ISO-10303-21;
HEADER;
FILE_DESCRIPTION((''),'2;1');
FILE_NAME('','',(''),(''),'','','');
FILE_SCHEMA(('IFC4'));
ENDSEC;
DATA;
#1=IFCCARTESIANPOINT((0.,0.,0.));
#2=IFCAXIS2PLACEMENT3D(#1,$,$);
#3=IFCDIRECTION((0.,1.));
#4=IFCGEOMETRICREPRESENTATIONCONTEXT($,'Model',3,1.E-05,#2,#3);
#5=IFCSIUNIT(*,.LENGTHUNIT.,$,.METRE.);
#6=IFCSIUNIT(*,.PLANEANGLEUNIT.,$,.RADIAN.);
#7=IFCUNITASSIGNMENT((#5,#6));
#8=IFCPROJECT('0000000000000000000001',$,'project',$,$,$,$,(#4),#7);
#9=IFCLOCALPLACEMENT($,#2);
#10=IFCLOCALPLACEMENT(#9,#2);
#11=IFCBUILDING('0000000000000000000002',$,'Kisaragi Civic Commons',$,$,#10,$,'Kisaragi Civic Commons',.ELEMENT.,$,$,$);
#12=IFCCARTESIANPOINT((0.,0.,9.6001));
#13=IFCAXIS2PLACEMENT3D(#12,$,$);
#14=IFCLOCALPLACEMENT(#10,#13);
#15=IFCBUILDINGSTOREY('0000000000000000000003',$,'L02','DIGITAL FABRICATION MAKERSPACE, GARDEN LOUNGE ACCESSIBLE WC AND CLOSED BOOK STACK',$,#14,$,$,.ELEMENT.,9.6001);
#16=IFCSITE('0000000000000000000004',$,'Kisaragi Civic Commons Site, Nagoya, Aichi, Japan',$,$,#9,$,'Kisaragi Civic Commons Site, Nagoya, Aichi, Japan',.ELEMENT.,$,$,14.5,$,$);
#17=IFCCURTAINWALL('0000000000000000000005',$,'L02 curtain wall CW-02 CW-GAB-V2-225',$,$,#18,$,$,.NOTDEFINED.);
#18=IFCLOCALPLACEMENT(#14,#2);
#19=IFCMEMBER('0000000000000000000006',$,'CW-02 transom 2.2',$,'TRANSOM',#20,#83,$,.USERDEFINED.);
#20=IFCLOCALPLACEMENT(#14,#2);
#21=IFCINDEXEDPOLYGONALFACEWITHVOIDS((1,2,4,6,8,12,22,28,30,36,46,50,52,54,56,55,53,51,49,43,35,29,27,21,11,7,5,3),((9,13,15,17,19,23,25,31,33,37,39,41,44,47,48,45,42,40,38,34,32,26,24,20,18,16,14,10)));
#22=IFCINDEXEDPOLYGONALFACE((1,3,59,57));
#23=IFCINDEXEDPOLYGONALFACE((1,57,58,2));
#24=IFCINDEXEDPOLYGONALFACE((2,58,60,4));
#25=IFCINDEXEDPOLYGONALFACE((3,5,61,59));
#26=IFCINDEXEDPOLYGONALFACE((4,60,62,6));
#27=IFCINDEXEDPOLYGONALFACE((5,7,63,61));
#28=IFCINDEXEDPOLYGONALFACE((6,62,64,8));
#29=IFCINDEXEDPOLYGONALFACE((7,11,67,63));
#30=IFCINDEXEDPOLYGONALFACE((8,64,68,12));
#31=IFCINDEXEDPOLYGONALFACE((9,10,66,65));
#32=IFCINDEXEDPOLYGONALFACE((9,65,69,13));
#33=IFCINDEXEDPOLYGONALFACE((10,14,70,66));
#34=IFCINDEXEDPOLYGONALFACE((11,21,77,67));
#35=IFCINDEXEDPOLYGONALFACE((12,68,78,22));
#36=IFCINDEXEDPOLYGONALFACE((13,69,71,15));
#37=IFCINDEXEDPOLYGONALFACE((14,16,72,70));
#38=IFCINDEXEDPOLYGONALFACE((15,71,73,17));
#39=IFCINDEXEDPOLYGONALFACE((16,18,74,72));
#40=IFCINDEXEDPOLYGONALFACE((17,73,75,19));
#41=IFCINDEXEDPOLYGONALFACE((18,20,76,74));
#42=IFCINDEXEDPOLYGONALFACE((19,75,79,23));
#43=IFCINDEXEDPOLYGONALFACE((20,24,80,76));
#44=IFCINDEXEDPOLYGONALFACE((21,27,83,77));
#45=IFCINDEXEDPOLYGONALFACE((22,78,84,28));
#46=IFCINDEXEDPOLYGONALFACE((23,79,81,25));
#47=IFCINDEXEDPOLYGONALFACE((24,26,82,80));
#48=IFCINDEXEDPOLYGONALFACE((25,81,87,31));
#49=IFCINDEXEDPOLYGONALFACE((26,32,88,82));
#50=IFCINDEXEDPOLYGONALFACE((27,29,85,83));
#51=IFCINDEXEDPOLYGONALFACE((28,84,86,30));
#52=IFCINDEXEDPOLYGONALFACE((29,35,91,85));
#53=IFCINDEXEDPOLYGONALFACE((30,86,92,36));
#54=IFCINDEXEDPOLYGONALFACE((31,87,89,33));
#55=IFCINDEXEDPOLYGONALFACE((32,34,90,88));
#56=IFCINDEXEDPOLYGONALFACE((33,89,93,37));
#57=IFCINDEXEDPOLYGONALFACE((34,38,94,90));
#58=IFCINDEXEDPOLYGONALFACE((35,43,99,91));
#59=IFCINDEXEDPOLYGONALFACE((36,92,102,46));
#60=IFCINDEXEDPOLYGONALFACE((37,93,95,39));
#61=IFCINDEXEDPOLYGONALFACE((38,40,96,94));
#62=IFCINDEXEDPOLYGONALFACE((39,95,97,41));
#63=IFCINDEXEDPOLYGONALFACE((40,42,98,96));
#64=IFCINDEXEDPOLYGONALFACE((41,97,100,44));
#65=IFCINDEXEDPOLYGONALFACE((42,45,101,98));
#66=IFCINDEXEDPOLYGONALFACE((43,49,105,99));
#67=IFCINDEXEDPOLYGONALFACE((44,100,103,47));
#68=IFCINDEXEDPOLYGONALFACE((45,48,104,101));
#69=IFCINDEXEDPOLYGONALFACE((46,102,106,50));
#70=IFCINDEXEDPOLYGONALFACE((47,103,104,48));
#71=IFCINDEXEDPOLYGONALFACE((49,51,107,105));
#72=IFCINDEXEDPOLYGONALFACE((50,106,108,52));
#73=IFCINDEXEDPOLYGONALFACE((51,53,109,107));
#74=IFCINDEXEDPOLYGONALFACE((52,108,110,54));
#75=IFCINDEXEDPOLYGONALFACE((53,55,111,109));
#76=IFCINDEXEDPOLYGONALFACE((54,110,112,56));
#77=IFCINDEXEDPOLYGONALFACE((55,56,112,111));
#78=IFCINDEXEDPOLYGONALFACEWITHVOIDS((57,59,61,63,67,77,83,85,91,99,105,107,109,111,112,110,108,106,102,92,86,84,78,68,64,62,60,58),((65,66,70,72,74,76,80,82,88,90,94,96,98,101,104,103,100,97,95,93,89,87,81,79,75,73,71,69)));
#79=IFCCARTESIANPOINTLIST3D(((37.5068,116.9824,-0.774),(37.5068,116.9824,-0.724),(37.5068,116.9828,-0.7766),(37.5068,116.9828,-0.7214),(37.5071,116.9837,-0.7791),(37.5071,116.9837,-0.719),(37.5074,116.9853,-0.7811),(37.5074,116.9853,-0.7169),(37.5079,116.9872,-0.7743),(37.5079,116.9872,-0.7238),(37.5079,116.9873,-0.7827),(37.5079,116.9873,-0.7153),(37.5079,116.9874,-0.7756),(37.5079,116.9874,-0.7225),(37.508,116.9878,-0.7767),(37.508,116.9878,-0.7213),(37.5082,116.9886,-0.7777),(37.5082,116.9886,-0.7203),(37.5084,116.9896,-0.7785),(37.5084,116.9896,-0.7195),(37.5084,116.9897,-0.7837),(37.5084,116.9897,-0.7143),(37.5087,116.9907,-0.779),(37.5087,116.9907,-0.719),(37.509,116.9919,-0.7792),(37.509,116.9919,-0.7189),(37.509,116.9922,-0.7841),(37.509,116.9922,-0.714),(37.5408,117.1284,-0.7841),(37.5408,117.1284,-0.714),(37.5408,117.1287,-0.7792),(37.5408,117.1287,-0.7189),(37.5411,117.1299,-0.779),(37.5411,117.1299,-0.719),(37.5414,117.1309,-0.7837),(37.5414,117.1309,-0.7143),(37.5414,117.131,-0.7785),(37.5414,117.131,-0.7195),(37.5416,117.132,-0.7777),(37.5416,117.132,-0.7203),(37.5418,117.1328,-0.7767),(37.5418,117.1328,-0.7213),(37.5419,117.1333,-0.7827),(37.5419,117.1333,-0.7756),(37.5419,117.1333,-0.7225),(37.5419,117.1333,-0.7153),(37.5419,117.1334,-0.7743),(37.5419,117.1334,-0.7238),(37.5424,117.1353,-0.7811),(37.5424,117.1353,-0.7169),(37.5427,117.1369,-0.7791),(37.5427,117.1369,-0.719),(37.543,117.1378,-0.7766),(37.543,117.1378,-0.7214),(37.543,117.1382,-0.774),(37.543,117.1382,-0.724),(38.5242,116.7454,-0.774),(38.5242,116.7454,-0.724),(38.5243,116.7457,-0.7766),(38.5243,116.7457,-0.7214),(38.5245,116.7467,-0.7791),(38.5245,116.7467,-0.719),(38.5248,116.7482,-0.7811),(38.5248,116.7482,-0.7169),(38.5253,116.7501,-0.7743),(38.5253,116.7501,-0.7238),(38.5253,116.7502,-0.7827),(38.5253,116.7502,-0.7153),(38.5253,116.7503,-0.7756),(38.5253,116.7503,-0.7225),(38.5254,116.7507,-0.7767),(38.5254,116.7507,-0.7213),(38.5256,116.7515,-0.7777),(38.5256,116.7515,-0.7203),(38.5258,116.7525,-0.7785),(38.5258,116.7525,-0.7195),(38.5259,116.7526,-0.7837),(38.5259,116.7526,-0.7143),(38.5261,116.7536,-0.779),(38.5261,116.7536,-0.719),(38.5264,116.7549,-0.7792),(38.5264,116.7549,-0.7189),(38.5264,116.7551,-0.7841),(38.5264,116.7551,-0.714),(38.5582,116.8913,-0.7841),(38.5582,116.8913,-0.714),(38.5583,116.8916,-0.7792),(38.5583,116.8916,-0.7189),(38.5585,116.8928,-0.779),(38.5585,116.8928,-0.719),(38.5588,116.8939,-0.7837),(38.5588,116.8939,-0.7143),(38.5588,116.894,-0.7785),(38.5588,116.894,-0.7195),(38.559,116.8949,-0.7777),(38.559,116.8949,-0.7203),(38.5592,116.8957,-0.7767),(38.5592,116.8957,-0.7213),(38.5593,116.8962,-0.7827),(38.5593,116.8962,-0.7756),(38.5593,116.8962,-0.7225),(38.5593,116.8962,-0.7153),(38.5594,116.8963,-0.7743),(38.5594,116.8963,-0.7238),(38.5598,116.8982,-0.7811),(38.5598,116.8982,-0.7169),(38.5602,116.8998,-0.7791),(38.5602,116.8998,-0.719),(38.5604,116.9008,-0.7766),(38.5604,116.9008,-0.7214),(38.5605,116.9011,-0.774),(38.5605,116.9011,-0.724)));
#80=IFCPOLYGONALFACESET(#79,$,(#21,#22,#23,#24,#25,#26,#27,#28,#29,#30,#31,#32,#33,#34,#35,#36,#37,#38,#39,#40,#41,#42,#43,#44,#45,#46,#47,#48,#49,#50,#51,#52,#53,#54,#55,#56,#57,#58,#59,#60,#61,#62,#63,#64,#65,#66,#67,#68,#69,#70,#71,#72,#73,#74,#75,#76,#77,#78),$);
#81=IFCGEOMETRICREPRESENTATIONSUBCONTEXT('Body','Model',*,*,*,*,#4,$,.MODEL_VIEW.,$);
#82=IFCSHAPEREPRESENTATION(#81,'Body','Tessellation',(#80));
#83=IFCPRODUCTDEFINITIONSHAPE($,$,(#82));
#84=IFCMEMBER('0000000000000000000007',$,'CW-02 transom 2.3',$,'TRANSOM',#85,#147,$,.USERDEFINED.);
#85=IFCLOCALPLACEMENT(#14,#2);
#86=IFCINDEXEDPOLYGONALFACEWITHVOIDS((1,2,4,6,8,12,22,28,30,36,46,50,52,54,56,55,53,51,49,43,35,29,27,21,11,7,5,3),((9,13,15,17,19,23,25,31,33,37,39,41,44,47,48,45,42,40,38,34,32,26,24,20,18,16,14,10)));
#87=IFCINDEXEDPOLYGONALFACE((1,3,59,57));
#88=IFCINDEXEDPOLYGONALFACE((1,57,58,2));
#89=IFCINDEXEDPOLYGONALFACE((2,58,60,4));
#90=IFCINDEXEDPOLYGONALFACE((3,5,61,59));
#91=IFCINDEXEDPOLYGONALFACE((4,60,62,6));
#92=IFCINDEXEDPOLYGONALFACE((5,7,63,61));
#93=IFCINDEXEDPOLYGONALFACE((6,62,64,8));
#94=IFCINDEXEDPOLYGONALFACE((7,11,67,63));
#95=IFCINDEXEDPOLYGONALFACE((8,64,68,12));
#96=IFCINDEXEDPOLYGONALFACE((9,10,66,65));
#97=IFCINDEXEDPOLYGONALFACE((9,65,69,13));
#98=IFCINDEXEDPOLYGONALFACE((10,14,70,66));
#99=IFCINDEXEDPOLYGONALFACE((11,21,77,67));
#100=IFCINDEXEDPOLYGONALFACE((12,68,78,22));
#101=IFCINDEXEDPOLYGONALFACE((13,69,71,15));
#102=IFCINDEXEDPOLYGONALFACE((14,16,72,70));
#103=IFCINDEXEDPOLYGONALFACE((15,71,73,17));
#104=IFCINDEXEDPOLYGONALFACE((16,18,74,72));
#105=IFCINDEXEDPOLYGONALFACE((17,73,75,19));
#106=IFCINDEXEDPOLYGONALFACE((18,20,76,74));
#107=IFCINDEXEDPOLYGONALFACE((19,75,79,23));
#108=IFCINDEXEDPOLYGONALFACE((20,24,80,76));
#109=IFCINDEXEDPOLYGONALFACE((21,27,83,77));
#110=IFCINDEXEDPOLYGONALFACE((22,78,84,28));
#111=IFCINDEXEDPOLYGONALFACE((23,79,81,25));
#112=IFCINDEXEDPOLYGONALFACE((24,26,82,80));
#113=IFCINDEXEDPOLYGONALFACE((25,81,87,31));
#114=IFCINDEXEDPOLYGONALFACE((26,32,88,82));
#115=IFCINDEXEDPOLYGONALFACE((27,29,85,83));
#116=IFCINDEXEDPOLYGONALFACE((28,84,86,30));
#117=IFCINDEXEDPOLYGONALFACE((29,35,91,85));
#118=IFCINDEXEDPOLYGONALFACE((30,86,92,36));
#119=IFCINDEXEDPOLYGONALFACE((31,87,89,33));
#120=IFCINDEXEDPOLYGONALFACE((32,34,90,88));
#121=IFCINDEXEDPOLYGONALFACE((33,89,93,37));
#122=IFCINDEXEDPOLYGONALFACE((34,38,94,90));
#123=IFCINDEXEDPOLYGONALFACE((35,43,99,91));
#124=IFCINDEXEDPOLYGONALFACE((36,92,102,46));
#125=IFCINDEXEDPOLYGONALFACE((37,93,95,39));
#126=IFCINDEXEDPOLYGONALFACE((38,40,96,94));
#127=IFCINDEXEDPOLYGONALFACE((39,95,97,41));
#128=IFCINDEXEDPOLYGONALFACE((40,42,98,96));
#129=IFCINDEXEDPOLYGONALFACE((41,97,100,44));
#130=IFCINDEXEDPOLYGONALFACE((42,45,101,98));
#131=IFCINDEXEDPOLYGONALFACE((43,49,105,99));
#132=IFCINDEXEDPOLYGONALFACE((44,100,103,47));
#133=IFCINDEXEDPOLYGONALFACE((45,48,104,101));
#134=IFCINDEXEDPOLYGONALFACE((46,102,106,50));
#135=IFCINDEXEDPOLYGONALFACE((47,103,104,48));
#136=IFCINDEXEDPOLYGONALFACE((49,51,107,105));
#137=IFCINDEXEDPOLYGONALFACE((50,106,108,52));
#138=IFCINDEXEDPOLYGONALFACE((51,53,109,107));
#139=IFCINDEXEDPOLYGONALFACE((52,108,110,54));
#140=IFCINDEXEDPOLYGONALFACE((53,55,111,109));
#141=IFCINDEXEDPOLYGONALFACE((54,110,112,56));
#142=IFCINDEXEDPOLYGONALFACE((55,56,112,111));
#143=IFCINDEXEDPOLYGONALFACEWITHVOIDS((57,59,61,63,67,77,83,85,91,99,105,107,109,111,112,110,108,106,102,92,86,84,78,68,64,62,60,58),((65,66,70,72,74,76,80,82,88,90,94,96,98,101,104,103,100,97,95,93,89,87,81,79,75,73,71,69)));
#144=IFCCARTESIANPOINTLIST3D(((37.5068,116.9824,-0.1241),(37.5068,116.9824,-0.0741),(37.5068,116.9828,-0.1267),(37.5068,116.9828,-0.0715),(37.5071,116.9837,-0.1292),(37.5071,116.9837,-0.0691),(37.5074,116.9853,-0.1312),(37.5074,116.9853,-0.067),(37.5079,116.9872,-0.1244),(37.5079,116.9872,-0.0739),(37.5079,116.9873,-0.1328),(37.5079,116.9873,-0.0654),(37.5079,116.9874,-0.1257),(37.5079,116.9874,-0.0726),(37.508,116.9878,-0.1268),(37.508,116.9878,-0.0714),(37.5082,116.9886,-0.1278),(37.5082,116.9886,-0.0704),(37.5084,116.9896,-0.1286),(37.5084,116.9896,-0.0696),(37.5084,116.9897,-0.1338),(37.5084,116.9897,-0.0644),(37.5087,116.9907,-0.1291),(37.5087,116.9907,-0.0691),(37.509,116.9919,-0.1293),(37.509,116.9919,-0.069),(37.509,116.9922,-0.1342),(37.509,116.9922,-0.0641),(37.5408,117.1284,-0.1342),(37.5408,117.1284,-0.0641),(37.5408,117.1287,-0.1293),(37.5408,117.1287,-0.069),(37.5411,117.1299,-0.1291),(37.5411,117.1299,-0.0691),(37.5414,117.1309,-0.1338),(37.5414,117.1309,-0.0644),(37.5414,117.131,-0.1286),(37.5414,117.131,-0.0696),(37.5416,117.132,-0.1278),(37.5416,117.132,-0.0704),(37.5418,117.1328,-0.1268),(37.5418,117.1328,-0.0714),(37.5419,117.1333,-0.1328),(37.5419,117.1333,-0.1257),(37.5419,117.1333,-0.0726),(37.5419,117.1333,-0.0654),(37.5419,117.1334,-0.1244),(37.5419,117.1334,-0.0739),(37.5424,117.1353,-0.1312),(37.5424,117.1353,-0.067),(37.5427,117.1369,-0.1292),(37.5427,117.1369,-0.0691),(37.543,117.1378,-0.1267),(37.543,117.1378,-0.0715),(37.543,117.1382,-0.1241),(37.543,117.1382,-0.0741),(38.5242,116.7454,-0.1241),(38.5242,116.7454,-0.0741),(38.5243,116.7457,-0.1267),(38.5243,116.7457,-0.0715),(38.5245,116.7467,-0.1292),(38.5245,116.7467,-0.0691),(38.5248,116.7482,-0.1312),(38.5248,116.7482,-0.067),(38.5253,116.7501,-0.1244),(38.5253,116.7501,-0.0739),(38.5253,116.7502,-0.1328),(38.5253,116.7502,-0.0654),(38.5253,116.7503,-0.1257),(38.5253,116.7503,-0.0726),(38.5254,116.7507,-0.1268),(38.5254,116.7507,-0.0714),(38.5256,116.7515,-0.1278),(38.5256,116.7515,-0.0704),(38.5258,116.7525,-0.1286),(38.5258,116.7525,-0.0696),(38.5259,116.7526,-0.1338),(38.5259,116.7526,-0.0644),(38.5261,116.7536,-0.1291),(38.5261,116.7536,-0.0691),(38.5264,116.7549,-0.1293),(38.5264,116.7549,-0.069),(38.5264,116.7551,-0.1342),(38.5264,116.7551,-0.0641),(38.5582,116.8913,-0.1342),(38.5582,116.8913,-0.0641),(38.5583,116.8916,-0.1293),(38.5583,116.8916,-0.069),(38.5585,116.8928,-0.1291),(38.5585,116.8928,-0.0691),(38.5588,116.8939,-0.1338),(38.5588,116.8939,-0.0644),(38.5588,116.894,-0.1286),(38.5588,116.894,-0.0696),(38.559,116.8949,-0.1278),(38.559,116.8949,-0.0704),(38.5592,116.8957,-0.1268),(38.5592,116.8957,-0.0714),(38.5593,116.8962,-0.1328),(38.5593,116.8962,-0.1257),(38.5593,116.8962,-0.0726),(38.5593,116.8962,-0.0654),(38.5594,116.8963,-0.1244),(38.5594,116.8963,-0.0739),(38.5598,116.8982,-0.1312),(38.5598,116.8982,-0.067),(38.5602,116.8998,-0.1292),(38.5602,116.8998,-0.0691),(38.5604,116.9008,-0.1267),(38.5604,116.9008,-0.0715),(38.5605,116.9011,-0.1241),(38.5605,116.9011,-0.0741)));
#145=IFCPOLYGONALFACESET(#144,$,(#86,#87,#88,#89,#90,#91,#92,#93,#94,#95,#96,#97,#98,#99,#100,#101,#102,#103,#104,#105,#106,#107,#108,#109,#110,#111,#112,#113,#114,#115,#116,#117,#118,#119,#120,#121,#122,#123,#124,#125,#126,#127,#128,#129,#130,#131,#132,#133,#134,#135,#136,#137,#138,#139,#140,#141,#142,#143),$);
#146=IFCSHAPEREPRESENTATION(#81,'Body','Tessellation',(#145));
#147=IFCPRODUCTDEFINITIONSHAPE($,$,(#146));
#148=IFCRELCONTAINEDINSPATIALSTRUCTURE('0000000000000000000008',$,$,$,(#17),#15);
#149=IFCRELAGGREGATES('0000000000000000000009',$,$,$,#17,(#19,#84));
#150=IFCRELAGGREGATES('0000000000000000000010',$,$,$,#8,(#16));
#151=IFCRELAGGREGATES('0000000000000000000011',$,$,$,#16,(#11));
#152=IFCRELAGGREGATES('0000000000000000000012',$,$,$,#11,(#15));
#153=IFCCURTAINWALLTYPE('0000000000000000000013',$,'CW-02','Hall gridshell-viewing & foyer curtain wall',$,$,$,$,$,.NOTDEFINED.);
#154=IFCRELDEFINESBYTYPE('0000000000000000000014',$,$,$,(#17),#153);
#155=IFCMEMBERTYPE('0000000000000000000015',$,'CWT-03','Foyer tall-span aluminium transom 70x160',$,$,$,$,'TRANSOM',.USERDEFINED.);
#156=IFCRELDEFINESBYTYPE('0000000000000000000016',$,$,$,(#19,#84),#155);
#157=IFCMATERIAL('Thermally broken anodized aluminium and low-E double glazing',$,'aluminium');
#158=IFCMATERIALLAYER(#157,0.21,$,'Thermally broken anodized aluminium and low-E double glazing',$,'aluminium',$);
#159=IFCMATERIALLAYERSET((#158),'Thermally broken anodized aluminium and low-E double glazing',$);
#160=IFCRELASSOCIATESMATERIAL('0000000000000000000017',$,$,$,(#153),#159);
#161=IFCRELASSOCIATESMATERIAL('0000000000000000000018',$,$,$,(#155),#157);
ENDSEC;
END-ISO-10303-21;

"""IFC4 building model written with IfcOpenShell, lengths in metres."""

from ifc_helpers import new_model, si_unit, direction, frame, origin, origin_2d, place, context, subcontext, project, spatial, hollow_rectangle, extrude, material, layer, layer_set, material_profile, profile_set, type_object, element, aggregate, save


model = new_model("IFC4")

# Units and contexts
model_context = context("Model", 3, precision=1e-05, world=origin(), true_north=direction((0.0, 1.0)))
body_context = subcontext(model_context, "Body", "Model", "MODEL_VIEW")
ifc_project = project(units=[si_unit("LENGTHUNIT", "METRE"), si_unit("PLANEANGLEUNIT", "RADIAN")], contexts=[model_context])

# Site, building, storey
site_placement = place(None, origin())
site = spatial("IfcSite", under=ifc_project, at=site_placement, Name="Kisaragi Civic Commons Site, Nagoya, Aichi, Japan", LongName="Kisaragi Civic Commons Site, Nagoya, Aichi, Japan", CompositionType="ELEMENT", RefElevation=14.5)
building_placement = place(site_placement, origin())
building = spatial("IfcBuilding", under=site, at=building_placement, Name="Kisaragi Civic Commons", LongName="Kisaragi Civic Commons", CompositionType="ELEMENT")
storey_placement = place(building_placement, frame((0.0, 0.0, 9.6001)))
storey = spatial("IfcBuildingStorey", under=building, at=storey_placement, Name="L02", Description="DIGITAL FABRICATION MAKERSPACE, GARDEN LOUNGE ACCESSIBLE WC AND CLOSED BOOK STACK", CompositionType="ELEMENT", Elevation=9.6001)

# Curtain wall, members
ifc_material_1 = material(Name="Thermally broken anodized aluminium and low-E double glazing", Category="aluminium")
ifc_layer_1 = layer(ifc_material_1, 0.21, Name="Thermally broken anodized aluminium and low-E double glazing", Category="aluminium")
ifc_layer_set_1 = layer_set([ifc_layer_1], Name="Thermally broken anodized aluminium and low-E double glazing")
curtain_wall_type = type_object("IfcCurtainWallType", Name="CW-02", Description="Hall gridshell-viewing & foyer curtain wall", PredefinedType="NOTDEFINED", material=ifc_layer_set_1)
curtain_wall_placement = place(storey_placement, origin())
curtain_wall = element("IfcCurtainWall", 1, at=curtain_wall_placement, inside=storey, type_object=curtain_wall_type, Name="L02 curtain wall CW-02 CW-GAB-V2-225", PredefinedType="NOTDEFINED")
ifc_material_profile_1 = material_profile(ifc_material_1, hollow_rectangle(XDim=0.1599, YDim=0.0701, WallThickness=0.0049, InnerFilletRadius=0.0049, OuterFilletRadius=0.01, at=origin_2d()), Name="CWT-70x160x5", Category="aluminium")
ifc_profile_set_1 = profile_set([ifc_material_profile_1], Name="Thermally broken anodized aluminium and low-E double glazing")
member_type_1 = type_object("IfcMemberType", Name="CWT-03", Description="Foyer tall-span aluminium transom 70x160", ElementType="TRANSOM", PredefinedType="USERDEFINED", material=ifc_profile_set_1)
member_1_placement = place(storey_placement, frame((37.5249, 117.0603, -0.749), z_axis=(0.973908, -0.226941, 0.0), x_axis=(0.226941, 0.973908, 0.0)))
member_1 = element("IfcMember", 2, at=member_1_placement, type_object=member_type_1, Name="CW-02 transom 2.2", ObjectType="TRANSOM", PredefinedType="USERDEFINED", context=body_context, shape_type="SweptSolid", body=[
    extrude(hollow_rectangle(XDim=0.1599, YDim=0.0701, WallThickness=0.0049, InnerFilletRadius=0.0049, OuterFilletRadius=0.01, at=origin_2d()), origin(), (0.0, 0.0, 1.0), 1.0447),
])
member_2_placement = place(storey_placement, frame((37.5249, 117.0603, -0.0991), z_axis=(0.973908, -0.226941, 0.0), x_axis=(0.226941, 0.973908, 0.0)))
member_2 = element("IfcMember", 3, at=member_2_placement, type_object=member_type_1, Name="CW-02 transom 2.3", ObjectType="TRANSOM", PredefinedType="USERDEFINED", context=body_context, shape_type="SweptSolid", body=[
    extrude(hollow_rectangle(XDim=0.1599, YDim=0.0701, WallThickness=0.0049, InnerFilletRadius=0.0049, OuterFilletRadius=0.01, at=origin_2d()), origin(), (0.0, 0.0, 1.0), 1.0447),
])

aggregate(curtain_wall, [member_1, member_2])

save(model, "model.ifc")
